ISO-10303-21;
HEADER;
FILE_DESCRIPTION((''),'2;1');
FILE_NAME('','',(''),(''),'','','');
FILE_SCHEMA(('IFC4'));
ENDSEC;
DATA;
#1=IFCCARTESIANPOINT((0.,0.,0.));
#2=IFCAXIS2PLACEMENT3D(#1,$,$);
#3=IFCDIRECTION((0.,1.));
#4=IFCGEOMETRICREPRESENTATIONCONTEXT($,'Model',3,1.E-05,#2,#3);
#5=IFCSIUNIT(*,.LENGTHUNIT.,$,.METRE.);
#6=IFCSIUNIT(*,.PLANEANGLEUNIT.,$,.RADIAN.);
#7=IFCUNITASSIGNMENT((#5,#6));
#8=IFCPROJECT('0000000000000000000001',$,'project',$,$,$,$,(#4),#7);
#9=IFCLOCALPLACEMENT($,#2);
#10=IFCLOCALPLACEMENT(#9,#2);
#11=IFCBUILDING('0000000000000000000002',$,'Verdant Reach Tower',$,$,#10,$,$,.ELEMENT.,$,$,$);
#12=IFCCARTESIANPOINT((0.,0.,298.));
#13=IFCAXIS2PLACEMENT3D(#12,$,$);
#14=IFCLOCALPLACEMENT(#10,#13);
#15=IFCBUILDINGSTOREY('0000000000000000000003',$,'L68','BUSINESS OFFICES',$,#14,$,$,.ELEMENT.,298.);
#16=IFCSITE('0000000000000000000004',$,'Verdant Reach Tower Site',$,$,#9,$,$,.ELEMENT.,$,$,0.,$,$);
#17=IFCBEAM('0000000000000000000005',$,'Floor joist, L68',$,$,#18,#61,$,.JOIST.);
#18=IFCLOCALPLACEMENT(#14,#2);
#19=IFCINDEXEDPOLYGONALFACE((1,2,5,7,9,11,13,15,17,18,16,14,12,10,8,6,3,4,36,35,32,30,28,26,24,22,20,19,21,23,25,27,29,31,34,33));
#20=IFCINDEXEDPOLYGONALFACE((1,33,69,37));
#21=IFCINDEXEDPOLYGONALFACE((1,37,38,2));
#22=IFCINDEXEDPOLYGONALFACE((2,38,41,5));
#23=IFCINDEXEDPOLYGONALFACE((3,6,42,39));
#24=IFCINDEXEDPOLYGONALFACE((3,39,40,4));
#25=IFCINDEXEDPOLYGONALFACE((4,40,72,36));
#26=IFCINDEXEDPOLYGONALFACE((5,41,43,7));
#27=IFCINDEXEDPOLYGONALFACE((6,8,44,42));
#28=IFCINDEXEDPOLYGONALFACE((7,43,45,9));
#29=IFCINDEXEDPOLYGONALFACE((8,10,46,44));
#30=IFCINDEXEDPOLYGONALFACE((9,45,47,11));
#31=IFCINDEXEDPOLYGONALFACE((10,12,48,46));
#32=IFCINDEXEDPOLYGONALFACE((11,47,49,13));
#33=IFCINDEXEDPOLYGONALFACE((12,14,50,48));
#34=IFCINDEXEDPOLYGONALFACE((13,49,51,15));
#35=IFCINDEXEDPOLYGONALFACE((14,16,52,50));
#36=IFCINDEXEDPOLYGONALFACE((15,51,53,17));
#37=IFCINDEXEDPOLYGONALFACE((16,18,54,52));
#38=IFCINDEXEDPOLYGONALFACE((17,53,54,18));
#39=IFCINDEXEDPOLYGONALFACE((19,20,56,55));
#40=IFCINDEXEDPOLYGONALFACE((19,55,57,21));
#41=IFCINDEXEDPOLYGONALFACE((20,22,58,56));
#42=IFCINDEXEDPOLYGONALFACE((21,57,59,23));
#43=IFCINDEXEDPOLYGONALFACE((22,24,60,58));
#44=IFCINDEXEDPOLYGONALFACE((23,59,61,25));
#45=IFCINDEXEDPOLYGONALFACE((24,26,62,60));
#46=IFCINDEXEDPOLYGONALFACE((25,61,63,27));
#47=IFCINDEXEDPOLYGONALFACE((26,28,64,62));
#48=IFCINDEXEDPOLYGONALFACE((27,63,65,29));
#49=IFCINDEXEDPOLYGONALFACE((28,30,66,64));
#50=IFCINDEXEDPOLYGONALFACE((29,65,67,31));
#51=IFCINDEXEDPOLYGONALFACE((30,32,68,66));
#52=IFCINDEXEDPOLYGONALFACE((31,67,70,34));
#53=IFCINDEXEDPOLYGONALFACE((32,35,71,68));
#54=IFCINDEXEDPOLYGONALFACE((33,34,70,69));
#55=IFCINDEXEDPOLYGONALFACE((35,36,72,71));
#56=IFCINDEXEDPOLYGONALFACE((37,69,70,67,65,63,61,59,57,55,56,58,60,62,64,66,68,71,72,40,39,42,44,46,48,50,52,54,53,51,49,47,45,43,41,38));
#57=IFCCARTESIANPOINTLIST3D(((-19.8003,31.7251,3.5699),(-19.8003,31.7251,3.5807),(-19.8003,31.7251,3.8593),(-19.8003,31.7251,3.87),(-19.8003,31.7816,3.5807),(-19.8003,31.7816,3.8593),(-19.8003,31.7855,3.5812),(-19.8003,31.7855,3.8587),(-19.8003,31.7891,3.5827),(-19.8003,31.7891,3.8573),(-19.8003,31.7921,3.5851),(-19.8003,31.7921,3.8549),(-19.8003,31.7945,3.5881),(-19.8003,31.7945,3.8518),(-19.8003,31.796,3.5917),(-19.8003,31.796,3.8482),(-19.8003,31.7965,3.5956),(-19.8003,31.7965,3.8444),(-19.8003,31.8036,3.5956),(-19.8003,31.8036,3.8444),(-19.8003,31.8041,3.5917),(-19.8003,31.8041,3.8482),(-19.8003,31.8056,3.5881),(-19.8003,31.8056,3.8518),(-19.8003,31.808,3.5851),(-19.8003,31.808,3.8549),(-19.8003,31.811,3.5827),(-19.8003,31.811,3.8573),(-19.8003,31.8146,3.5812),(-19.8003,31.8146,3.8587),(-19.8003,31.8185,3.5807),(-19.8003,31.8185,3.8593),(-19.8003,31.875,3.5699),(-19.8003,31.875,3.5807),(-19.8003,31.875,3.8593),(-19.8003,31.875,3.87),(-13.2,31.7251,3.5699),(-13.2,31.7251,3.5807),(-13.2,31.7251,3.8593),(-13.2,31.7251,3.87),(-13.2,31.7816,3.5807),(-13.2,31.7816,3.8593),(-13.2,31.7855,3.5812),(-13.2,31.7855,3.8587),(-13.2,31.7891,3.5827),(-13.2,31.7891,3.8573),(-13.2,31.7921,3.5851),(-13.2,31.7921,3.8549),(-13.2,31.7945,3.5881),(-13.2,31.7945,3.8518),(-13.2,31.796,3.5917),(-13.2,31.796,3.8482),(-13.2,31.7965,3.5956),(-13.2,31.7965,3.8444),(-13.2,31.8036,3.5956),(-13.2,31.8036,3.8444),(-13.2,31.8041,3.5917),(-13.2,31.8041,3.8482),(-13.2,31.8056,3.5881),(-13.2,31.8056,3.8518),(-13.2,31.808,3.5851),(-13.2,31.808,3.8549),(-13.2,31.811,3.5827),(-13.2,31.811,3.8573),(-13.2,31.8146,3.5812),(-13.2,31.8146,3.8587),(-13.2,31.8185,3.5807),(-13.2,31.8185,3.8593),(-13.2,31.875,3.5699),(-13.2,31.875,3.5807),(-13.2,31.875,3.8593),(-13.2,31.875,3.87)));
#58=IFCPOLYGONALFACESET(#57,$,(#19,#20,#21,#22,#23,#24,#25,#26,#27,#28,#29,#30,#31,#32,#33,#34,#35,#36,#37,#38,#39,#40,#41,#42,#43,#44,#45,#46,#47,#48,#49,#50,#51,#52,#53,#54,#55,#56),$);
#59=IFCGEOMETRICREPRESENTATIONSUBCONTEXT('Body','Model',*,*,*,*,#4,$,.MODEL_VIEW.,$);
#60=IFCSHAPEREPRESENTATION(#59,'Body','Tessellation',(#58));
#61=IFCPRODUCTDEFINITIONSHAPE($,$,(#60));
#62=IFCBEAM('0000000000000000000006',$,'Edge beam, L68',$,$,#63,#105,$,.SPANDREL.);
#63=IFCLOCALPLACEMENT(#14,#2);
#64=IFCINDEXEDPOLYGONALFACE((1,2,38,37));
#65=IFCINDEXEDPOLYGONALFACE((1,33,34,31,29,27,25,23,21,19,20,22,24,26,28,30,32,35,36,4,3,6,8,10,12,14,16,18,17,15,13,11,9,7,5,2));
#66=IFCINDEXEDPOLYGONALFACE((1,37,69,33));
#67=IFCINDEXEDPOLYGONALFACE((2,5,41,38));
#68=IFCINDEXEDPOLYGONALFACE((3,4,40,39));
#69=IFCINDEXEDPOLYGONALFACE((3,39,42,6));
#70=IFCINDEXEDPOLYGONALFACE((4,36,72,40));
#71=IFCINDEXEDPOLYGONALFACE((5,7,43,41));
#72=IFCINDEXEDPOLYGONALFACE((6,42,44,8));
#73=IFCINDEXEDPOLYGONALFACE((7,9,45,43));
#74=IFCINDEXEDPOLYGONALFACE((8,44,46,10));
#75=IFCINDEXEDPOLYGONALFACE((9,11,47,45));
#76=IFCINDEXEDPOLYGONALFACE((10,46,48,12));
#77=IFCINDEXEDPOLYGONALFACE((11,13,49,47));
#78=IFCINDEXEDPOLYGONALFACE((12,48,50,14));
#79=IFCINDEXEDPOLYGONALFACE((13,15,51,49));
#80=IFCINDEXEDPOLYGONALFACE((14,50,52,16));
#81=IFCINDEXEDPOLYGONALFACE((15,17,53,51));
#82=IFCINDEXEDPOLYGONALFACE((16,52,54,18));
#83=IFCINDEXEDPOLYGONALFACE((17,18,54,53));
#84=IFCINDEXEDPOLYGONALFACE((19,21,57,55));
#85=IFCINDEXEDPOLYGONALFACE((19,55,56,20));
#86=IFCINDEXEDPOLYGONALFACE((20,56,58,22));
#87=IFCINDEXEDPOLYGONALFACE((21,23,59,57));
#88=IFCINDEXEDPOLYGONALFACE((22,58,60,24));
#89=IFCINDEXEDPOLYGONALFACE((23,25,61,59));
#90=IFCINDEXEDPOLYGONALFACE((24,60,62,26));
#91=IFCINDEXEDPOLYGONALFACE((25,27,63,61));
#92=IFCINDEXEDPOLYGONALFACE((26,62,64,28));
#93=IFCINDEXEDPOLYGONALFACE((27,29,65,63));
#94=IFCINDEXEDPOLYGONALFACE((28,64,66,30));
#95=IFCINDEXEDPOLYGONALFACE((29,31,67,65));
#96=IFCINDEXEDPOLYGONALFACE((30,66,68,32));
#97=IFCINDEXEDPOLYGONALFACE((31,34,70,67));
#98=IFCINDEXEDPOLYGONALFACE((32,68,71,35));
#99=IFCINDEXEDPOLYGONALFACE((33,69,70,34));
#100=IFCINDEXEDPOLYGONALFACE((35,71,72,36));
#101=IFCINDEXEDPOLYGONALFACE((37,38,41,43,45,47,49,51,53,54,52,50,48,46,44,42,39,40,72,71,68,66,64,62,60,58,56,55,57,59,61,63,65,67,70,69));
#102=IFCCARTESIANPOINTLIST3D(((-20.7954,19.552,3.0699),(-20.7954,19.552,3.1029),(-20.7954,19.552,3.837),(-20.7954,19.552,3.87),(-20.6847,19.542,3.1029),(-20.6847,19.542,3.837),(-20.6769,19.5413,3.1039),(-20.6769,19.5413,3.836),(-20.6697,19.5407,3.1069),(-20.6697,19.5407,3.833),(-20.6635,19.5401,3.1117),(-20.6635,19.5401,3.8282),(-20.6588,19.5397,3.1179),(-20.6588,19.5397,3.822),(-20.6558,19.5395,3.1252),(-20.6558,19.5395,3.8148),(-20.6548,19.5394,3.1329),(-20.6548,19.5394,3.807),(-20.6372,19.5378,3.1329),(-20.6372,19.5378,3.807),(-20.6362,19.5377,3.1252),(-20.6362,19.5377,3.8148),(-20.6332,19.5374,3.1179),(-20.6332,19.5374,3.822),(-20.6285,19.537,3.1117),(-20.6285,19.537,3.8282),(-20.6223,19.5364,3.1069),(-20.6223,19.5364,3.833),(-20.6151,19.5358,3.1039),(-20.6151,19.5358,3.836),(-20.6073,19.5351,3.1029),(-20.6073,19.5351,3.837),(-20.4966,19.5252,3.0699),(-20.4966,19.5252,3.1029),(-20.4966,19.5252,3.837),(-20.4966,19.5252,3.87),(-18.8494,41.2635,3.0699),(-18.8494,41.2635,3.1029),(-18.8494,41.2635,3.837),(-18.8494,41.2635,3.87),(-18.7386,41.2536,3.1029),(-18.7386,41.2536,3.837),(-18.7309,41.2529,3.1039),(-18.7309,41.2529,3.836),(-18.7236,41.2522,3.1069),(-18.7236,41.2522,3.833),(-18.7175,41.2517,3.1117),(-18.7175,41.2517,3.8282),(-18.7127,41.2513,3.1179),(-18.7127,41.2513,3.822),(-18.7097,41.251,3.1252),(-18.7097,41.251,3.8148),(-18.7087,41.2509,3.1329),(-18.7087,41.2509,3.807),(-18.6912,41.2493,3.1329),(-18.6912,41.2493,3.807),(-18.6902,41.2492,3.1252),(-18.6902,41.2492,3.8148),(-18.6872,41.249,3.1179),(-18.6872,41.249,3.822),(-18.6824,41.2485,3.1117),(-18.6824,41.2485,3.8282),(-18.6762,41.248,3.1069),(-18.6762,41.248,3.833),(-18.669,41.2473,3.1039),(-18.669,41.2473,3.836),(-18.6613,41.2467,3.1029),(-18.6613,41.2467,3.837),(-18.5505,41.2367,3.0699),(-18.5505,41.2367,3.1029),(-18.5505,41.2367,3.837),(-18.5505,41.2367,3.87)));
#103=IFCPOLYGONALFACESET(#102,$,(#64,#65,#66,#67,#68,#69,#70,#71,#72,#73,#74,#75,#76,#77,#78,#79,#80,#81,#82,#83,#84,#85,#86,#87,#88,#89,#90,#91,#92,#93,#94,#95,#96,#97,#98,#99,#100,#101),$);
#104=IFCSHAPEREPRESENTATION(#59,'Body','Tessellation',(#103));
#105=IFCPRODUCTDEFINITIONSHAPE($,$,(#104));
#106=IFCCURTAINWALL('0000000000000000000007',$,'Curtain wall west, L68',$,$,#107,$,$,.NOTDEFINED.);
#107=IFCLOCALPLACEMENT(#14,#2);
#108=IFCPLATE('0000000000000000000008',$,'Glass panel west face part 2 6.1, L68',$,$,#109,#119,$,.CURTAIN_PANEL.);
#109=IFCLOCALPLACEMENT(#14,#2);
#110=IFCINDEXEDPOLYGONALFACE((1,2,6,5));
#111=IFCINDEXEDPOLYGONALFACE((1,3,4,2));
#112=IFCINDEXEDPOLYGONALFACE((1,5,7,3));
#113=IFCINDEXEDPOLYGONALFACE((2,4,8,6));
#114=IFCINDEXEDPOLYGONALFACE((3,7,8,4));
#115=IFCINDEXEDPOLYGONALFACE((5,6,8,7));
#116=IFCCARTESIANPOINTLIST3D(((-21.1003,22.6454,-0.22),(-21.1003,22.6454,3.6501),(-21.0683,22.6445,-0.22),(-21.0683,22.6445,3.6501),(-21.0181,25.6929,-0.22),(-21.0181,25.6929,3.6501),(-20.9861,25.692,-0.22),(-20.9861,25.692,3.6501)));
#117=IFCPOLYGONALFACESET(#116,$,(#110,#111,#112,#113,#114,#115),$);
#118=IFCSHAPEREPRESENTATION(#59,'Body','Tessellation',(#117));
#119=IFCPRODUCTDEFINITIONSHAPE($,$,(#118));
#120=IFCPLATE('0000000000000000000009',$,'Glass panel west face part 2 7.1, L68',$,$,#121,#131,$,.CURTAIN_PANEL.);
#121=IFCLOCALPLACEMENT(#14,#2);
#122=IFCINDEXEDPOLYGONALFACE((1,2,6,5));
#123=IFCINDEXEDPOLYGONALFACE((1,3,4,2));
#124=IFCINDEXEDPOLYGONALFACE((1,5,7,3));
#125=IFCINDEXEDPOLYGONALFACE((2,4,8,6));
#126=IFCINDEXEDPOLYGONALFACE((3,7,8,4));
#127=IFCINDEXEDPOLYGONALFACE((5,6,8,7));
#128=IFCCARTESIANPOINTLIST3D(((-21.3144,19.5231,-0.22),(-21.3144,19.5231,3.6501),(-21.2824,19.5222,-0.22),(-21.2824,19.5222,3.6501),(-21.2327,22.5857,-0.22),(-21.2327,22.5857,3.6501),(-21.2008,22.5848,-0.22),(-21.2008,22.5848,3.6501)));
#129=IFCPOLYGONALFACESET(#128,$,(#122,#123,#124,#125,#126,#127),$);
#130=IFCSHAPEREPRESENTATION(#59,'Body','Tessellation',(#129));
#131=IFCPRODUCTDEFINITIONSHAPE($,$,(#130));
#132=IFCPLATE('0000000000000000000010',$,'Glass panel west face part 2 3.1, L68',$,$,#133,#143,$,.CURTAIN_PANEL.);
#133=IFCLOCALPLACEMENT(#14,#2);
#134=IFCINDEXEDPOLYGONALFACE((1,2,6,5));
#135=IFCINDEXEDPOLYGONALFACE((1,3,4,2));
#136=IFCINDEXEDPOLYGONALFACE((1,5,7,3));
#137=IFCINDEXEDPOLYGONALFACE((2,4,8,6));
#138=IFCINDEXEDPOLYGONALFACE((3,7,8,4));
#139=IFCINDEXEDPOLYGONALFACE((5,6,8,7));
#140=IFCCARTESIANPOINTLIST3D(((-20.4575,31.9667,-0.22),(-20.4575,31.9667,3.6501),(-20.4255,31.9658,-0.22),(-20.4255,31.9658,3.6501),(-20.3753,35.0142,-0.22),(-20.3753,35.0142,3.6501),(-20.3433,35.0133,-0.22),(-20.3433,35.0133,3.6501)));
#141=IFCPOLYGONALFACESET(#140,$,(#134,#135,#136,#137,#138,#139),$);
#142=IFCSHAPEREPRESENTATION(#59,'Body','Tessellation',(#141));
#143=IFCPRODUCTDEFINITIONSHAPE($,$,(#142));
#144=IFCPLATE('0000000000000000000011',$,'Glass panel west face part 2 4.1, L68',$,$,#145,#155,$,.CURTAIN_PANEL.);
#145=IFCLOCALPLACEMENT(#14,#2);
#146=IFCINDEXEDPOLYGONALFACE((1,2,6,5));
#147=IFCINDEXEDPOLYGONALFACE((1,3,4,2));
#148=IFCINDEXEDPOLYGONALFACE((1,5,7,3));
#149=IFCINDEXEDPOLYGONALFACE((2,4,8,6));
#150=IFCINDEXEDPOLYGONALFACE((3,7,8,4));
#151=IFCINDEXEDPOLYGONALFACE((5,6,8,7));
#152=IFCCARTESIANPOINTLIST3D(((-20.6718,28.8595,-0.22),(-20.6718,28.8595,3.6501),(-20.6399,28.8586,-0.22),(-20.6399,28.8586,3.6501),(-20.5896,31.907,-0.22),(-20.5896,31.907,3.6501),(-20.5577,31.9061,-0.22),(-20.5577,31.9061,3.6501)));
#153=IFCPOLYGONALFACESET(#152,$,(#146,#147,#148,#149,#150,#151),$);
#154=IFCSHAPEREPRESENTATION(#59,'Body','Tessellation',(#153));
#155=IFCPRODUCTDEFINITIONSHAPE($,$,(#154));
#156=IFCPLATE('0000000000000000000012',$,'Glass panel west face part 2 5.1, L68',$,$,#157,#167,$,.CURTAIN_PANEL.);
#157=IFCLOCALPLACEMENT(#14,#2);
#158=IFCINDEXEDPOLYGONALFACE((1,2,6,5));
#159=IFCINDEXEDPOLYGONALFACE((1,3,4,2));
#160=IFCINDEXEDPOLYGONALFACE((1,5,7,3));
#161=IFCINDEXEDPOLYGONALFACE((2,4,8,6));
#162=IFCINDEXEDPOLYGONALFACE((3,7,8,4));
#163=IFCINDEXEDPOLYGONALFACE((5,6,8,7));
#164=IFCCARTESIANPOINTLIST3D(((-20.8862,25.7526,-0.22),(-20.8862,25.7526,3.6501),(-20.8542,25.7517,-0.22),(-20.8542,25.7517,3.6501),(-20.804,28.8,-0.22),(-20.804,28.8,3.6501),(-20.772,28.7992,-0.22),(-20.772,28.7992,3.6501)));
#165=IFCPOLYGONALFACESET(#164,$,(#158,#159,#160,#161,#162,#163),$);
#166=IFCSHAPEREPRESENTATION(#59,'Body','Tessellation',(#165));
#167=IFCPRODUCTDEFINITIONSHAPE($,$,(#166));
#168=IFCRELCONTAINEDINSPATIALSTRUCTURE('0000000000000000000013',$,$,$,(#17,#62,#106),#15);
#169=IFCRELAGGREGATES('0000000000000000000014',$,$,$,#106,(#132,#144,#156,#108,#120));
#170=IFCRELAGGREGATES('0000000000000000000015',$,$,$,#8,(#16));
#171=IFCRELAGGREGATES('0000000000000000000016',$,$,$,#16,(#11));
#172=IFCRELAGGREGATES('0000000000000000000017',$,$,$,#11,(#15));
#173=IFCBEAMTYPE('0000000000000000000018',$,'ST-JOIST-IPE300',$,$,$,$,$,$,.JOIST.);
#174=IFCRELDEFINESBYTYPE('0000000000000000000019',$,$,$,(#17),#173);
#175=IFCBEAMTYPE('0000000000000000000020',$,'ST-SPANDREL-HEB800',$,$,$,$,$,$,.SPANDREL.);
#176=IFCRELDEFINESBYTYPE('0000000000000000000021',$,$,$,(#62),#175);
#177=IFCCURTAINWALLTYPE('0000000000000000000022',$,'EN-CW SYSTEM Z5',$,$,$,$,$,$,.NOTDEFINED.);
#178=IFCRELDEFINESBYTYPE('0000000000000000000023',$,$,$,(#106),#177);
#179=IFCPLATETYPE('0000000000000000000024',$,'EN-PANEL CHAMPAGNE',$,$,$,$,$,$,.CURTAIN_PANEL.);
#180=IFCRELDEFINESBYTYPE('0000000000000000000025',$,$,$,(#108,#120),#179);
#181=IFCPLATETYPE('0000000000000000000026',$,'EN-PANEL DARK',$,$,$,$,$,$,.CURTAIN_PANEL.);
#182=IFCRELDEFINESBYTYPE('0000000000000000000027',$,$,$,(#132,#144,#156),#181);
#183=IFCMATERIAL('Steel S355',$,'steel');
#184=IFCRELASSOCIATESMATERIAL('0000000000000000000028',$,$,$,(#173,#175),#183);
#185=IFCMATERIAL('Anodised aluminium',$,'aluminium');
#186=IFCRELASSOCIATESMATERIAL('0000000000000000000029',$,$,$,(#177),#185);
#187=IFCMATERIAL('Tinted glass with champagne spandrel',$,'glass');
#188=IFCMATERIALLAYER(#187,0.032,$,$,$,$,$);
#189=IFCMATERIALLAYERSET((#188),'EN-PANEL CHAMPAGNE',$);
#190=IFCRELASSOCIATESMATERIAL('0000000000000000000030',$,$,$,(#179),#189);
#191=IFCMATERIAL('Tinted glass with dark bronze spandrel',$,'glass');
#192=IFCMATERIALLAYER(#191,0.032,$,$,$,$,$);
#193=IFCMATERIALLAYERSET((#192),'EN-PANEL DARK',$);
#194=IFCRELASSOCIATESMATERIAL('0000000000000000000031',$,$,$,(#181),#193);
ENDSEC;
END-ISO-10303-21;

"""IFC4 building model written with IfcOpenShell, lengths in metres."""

from ifc_helpers import new_model, si_unit, direction, frame, origin, origin_2d, place, context, subcontext, project, spatial, rectangle, i_section, extrude, material, layer, layer_set, material_profile, profile_set, type_object, element, aggregate, save


model = new_model("IFC4")

# Units and contexts
model_context = context("Model", 3, precision=1e-05, world=origin(), true_north=direction((0.0, 1.0)))
body_context = subcontext(model_context, "Body", "Model", "MODEL_VIEW")
ifc_project = project(units=[si_unit("LENGTHUNIT", "METRE"), si_unit("PLANEANGLEUNIT", "RADIAN")], contexts=[model_context])

# Site, building, storey
site_placement = place(None, origin())
site = spatial("IfcSite", under=ifc_project, at=site_placement, Name="Verdant Reach Tower Site", CompositionType="ELEMENT", RefElevation=0.0)
building_placement = place(site_placement, origin())
building = spatial("IfcBuilding", under=site, at=building_placement, Name="Verdant Reach Tower", CompositionType="ELEMENT")
storey_placement = place(building_placement, frame((0.0, 0.0, 298.0)))
storey = spatial("IfcBuildingStorey", under=building, at=storey_placement, Name="L68", Description="BUSINESS OFFICES", CompositionType="ELEMENT", Elevation=298.0)

# Beams
ifc_material_1 = material(Name="Steel S355", Category="steel")
ifc_material_profile_1 = material_profile(ifc_material_1, i_section(OverallWidth=0.1499, OverallDepth=0.3, WebThickness=0.0071, FlangeThickness=0.0107, FilletRadius=0.0149, at=origin_2d()), Name="IPE 300")
ifc_profile_set_1 = profile_set([ifc_material_profile_1], Name="Steel S355")
beam_type_1 = type_object("IfcBeamType", Name="ST-JOIST-IPE300", PredefinedType="JOIST", material=ifc_profile_set_1)
beam_1_placement = place(storey_placement, frame((-13.2, 31.8, 3.72), z_axis=(-1.0, 0.0, 0.0), x_axis=(0.0, -1.0, 0.0)))
element("IfcBeam", 1, at=beam_1_placement, inside=storey, type_object=beam_type_1, Name="Floor joist, L68", PredefinedType="JOIST", context=body_context, shape_type="SweptSolid", body=[
    extrude(i_section(OverallWidth=0.1499, OverallDepth=0.3, WebThickness=0.0071, FlangeThickness=0.0107, FilletRadius=0.0149, at=origin_2d()), origin(), (0.0, 0.0, 1.0), 6.6003),
])
ifc_material_profile_2 = material_profile(ifc_material_1, i_section(OverallWidth=0.3, OverallDepth=0.8, WebThickness=0.0176, FlangeThickness=0.033, FilletRadius=0.03, at=origin_2d()), Name="HEB 800")
ifc_profile_set_2 = profile_set([ifc_material_profile_2], Name="Steel S355")
beam_type_2 = type_object("IfcBeamType", Name="ST-SPANDREL-HEB800", PredefinedType="SPANDREL", material=ifc_profile_set_2)
beam_2_placement = place(storey_placement, frame((-20.646, 19.5386, 3.47), z_axis=(0.089274, 0.996007, 0.0), x_axis=(-0.996007, 0.089274, 0.0)))
element("IfcBeam", 2, at=beam_2_placement, inside=storey, type_object=beam_type_2, Name="Edge beam, L68", PredefinedType="SPANDREL", context=body_context, shape_type="SweptSolid", body=[
    extrude(i_section(OverallWidth=0.3, OverallDepth=0.8, WebThickness=0.0176, FlangeThickness=0.033, FilletRadius=0.03, at=origin_2d()), origin(), (0.0, 0.0, 1.0), 21.7986),
])

# Curtain wall, plates
ifc_material_2 = material(Name="Anodised aluminium", Category="aluminium")
curtain_wall_type = type_object("IfcCurtainWallType", Name="EN-CW SYSTEM Z5", PredefinedType="NOTDEFINED", material=ifc_material_2)
curtain_wall_placement = place(storey_placement, origin())
curtain_wall = element("IfcCurtainWall", 3, at=curtain_wall_placement, inside=storey, type_object=curtain_wall_type, Name="Curtain wall west, L68", PredefinedType="NOTDEFINED")
ifc_material_3 = material(Name="Tinted glass with champagne spandrel", Category="glass")
ifc_layer_1 = layer(ifc_material_3, 0.032)
ifc_layer_set_1 = layer_set([ifc_layer_1], Name="EN-PANEL CHAMPAGNE")
plate_type_1 = type_object("IfcPlateType", Name="EN-PANEL CHAMPAGNE", PredefinedType="CURTAIN_PANEL", material=ifc_layer_set_1)
plate_1_placement = place(storey_placement, frame((-21.0432, 24.1687, -0.22), z_axis=(0.0, 0.0, 1.0), x_axis=(-0.026965, -0.999636, 0.0)))
plate_1 = element("IfcPlate", 4, at=plate_1_placement, type_object=plate_type_1, Name="Glass panel west face part 2 6.1, L68", PredefinedType="CURTAIN_PANEL", context=body_context, shape_type="SweptSolid", body=[
    extrude(rectangle(XDim=3.0486, YDim=0.032, at=origin_2d()), origin(), (0.0, 0.0, 1.0), 3.8701),
])
plate_2_placement = place(storey_placement, frame((-21.2576, 21.054, -0.22), z_axis=(0.0, 0.0, 1.0), x_axis=(-0.026643, -0.999645, 0.0)))
plate_2 = element("IfcPlate", 5, at=plate_2_placement, type_object=plate_type_1, Name="Glass panel west face part 2 7.1, L68", PredefinedType="CURTAIN_PANEL", context=body_context, shape_type="SweptSolid", body=[
    extrude(rectangle(XDim=3.0637, YDim=0.032, at=origin_2d()), origin(), (0.0, 0.0, 1.0), 3.8701),
])
ifc_material_4 = material(Name="Tinted glass with dark bronze spandrel", Category="glass")
ifc_layer_2 = layer(ifc_material_4, 0.032)
ifc_layer_set_2 = layer_set([ifc_layer_2], Name="EN-PANEL DARK")
plate_type_2 = type_object("IfcPlateType", Name="EN-PANEL DARK", PredefinedType="CURTAIN_PANEL", material=ifc_layer_set_2)
plate_3_placement = place(storey_placement, frame((-20.4004, 33.49, -0.22), z_axis=(0.0, 0.0, 1.0), x_axis=(-0.026965, -0.999636, 0.0)))
plate_3 = element("IfcPlate", 6, at=plate_3_placement, type_object=plate_type_2, Name="Glass panel west face part 2 3.1, L68", PredefinedType="CURTAIN_PANEL", context=body_context, shape_type="SweptSolid", body=[
    extrude(rectangle(XDim=3.0486, YDim=0.032, at=origin_2d()), origin(), (0.0, 0.0, 1.0), 3.8701),
])
plate_4_placement = place(storey_placement, frame((-20.6147, 30.3828, -0.22), z_axis=(0.0, 0.0, 1.0), x_axis=(-0.026965, -0.999636, 0.0)))
plate_4 = element("IfcPlate", 7, at=plate_4_placement, type_object=plate_type_2, Name="Glass panel west face part 2 4.1, L68", PredefinedType="CURTAIN_PANEL", context=body_context, shape_type="SweptSolid", body=[
    extrude(rectangle(XDim=3.0486, YDim=0.032, at=origin_2d()), origin(), (0.0, 0.0, 1.0), 3.8701),
])
plate_5_placement = place(storey_placement, frame((-20.8291, 27.2759, -0.22), z_axis=(0.0, 0.0, 1.0), x_axis=(-0.026965, -0.999636, 0.0)))
plate_5 = element("IfcPlate", 8, at=plate_5_placement, type_object=plate_type_2, Name="Glass panel west face part 2 5.1, L68", PredefinedType="CURTAIN_PANEL", context=body_context, shape_type="SweptSolid", body=[
    extrude(rectangle(XDim=3.0486, YDim=0.032, at=origin_2d()), origin(), (0.0, 0.0, 1.0), 3.8701),
])
aggregate(curtain_wall, [plate_3, plate_4, plate_5, plate_1, plate_2])

save(model, "model.ifc")
